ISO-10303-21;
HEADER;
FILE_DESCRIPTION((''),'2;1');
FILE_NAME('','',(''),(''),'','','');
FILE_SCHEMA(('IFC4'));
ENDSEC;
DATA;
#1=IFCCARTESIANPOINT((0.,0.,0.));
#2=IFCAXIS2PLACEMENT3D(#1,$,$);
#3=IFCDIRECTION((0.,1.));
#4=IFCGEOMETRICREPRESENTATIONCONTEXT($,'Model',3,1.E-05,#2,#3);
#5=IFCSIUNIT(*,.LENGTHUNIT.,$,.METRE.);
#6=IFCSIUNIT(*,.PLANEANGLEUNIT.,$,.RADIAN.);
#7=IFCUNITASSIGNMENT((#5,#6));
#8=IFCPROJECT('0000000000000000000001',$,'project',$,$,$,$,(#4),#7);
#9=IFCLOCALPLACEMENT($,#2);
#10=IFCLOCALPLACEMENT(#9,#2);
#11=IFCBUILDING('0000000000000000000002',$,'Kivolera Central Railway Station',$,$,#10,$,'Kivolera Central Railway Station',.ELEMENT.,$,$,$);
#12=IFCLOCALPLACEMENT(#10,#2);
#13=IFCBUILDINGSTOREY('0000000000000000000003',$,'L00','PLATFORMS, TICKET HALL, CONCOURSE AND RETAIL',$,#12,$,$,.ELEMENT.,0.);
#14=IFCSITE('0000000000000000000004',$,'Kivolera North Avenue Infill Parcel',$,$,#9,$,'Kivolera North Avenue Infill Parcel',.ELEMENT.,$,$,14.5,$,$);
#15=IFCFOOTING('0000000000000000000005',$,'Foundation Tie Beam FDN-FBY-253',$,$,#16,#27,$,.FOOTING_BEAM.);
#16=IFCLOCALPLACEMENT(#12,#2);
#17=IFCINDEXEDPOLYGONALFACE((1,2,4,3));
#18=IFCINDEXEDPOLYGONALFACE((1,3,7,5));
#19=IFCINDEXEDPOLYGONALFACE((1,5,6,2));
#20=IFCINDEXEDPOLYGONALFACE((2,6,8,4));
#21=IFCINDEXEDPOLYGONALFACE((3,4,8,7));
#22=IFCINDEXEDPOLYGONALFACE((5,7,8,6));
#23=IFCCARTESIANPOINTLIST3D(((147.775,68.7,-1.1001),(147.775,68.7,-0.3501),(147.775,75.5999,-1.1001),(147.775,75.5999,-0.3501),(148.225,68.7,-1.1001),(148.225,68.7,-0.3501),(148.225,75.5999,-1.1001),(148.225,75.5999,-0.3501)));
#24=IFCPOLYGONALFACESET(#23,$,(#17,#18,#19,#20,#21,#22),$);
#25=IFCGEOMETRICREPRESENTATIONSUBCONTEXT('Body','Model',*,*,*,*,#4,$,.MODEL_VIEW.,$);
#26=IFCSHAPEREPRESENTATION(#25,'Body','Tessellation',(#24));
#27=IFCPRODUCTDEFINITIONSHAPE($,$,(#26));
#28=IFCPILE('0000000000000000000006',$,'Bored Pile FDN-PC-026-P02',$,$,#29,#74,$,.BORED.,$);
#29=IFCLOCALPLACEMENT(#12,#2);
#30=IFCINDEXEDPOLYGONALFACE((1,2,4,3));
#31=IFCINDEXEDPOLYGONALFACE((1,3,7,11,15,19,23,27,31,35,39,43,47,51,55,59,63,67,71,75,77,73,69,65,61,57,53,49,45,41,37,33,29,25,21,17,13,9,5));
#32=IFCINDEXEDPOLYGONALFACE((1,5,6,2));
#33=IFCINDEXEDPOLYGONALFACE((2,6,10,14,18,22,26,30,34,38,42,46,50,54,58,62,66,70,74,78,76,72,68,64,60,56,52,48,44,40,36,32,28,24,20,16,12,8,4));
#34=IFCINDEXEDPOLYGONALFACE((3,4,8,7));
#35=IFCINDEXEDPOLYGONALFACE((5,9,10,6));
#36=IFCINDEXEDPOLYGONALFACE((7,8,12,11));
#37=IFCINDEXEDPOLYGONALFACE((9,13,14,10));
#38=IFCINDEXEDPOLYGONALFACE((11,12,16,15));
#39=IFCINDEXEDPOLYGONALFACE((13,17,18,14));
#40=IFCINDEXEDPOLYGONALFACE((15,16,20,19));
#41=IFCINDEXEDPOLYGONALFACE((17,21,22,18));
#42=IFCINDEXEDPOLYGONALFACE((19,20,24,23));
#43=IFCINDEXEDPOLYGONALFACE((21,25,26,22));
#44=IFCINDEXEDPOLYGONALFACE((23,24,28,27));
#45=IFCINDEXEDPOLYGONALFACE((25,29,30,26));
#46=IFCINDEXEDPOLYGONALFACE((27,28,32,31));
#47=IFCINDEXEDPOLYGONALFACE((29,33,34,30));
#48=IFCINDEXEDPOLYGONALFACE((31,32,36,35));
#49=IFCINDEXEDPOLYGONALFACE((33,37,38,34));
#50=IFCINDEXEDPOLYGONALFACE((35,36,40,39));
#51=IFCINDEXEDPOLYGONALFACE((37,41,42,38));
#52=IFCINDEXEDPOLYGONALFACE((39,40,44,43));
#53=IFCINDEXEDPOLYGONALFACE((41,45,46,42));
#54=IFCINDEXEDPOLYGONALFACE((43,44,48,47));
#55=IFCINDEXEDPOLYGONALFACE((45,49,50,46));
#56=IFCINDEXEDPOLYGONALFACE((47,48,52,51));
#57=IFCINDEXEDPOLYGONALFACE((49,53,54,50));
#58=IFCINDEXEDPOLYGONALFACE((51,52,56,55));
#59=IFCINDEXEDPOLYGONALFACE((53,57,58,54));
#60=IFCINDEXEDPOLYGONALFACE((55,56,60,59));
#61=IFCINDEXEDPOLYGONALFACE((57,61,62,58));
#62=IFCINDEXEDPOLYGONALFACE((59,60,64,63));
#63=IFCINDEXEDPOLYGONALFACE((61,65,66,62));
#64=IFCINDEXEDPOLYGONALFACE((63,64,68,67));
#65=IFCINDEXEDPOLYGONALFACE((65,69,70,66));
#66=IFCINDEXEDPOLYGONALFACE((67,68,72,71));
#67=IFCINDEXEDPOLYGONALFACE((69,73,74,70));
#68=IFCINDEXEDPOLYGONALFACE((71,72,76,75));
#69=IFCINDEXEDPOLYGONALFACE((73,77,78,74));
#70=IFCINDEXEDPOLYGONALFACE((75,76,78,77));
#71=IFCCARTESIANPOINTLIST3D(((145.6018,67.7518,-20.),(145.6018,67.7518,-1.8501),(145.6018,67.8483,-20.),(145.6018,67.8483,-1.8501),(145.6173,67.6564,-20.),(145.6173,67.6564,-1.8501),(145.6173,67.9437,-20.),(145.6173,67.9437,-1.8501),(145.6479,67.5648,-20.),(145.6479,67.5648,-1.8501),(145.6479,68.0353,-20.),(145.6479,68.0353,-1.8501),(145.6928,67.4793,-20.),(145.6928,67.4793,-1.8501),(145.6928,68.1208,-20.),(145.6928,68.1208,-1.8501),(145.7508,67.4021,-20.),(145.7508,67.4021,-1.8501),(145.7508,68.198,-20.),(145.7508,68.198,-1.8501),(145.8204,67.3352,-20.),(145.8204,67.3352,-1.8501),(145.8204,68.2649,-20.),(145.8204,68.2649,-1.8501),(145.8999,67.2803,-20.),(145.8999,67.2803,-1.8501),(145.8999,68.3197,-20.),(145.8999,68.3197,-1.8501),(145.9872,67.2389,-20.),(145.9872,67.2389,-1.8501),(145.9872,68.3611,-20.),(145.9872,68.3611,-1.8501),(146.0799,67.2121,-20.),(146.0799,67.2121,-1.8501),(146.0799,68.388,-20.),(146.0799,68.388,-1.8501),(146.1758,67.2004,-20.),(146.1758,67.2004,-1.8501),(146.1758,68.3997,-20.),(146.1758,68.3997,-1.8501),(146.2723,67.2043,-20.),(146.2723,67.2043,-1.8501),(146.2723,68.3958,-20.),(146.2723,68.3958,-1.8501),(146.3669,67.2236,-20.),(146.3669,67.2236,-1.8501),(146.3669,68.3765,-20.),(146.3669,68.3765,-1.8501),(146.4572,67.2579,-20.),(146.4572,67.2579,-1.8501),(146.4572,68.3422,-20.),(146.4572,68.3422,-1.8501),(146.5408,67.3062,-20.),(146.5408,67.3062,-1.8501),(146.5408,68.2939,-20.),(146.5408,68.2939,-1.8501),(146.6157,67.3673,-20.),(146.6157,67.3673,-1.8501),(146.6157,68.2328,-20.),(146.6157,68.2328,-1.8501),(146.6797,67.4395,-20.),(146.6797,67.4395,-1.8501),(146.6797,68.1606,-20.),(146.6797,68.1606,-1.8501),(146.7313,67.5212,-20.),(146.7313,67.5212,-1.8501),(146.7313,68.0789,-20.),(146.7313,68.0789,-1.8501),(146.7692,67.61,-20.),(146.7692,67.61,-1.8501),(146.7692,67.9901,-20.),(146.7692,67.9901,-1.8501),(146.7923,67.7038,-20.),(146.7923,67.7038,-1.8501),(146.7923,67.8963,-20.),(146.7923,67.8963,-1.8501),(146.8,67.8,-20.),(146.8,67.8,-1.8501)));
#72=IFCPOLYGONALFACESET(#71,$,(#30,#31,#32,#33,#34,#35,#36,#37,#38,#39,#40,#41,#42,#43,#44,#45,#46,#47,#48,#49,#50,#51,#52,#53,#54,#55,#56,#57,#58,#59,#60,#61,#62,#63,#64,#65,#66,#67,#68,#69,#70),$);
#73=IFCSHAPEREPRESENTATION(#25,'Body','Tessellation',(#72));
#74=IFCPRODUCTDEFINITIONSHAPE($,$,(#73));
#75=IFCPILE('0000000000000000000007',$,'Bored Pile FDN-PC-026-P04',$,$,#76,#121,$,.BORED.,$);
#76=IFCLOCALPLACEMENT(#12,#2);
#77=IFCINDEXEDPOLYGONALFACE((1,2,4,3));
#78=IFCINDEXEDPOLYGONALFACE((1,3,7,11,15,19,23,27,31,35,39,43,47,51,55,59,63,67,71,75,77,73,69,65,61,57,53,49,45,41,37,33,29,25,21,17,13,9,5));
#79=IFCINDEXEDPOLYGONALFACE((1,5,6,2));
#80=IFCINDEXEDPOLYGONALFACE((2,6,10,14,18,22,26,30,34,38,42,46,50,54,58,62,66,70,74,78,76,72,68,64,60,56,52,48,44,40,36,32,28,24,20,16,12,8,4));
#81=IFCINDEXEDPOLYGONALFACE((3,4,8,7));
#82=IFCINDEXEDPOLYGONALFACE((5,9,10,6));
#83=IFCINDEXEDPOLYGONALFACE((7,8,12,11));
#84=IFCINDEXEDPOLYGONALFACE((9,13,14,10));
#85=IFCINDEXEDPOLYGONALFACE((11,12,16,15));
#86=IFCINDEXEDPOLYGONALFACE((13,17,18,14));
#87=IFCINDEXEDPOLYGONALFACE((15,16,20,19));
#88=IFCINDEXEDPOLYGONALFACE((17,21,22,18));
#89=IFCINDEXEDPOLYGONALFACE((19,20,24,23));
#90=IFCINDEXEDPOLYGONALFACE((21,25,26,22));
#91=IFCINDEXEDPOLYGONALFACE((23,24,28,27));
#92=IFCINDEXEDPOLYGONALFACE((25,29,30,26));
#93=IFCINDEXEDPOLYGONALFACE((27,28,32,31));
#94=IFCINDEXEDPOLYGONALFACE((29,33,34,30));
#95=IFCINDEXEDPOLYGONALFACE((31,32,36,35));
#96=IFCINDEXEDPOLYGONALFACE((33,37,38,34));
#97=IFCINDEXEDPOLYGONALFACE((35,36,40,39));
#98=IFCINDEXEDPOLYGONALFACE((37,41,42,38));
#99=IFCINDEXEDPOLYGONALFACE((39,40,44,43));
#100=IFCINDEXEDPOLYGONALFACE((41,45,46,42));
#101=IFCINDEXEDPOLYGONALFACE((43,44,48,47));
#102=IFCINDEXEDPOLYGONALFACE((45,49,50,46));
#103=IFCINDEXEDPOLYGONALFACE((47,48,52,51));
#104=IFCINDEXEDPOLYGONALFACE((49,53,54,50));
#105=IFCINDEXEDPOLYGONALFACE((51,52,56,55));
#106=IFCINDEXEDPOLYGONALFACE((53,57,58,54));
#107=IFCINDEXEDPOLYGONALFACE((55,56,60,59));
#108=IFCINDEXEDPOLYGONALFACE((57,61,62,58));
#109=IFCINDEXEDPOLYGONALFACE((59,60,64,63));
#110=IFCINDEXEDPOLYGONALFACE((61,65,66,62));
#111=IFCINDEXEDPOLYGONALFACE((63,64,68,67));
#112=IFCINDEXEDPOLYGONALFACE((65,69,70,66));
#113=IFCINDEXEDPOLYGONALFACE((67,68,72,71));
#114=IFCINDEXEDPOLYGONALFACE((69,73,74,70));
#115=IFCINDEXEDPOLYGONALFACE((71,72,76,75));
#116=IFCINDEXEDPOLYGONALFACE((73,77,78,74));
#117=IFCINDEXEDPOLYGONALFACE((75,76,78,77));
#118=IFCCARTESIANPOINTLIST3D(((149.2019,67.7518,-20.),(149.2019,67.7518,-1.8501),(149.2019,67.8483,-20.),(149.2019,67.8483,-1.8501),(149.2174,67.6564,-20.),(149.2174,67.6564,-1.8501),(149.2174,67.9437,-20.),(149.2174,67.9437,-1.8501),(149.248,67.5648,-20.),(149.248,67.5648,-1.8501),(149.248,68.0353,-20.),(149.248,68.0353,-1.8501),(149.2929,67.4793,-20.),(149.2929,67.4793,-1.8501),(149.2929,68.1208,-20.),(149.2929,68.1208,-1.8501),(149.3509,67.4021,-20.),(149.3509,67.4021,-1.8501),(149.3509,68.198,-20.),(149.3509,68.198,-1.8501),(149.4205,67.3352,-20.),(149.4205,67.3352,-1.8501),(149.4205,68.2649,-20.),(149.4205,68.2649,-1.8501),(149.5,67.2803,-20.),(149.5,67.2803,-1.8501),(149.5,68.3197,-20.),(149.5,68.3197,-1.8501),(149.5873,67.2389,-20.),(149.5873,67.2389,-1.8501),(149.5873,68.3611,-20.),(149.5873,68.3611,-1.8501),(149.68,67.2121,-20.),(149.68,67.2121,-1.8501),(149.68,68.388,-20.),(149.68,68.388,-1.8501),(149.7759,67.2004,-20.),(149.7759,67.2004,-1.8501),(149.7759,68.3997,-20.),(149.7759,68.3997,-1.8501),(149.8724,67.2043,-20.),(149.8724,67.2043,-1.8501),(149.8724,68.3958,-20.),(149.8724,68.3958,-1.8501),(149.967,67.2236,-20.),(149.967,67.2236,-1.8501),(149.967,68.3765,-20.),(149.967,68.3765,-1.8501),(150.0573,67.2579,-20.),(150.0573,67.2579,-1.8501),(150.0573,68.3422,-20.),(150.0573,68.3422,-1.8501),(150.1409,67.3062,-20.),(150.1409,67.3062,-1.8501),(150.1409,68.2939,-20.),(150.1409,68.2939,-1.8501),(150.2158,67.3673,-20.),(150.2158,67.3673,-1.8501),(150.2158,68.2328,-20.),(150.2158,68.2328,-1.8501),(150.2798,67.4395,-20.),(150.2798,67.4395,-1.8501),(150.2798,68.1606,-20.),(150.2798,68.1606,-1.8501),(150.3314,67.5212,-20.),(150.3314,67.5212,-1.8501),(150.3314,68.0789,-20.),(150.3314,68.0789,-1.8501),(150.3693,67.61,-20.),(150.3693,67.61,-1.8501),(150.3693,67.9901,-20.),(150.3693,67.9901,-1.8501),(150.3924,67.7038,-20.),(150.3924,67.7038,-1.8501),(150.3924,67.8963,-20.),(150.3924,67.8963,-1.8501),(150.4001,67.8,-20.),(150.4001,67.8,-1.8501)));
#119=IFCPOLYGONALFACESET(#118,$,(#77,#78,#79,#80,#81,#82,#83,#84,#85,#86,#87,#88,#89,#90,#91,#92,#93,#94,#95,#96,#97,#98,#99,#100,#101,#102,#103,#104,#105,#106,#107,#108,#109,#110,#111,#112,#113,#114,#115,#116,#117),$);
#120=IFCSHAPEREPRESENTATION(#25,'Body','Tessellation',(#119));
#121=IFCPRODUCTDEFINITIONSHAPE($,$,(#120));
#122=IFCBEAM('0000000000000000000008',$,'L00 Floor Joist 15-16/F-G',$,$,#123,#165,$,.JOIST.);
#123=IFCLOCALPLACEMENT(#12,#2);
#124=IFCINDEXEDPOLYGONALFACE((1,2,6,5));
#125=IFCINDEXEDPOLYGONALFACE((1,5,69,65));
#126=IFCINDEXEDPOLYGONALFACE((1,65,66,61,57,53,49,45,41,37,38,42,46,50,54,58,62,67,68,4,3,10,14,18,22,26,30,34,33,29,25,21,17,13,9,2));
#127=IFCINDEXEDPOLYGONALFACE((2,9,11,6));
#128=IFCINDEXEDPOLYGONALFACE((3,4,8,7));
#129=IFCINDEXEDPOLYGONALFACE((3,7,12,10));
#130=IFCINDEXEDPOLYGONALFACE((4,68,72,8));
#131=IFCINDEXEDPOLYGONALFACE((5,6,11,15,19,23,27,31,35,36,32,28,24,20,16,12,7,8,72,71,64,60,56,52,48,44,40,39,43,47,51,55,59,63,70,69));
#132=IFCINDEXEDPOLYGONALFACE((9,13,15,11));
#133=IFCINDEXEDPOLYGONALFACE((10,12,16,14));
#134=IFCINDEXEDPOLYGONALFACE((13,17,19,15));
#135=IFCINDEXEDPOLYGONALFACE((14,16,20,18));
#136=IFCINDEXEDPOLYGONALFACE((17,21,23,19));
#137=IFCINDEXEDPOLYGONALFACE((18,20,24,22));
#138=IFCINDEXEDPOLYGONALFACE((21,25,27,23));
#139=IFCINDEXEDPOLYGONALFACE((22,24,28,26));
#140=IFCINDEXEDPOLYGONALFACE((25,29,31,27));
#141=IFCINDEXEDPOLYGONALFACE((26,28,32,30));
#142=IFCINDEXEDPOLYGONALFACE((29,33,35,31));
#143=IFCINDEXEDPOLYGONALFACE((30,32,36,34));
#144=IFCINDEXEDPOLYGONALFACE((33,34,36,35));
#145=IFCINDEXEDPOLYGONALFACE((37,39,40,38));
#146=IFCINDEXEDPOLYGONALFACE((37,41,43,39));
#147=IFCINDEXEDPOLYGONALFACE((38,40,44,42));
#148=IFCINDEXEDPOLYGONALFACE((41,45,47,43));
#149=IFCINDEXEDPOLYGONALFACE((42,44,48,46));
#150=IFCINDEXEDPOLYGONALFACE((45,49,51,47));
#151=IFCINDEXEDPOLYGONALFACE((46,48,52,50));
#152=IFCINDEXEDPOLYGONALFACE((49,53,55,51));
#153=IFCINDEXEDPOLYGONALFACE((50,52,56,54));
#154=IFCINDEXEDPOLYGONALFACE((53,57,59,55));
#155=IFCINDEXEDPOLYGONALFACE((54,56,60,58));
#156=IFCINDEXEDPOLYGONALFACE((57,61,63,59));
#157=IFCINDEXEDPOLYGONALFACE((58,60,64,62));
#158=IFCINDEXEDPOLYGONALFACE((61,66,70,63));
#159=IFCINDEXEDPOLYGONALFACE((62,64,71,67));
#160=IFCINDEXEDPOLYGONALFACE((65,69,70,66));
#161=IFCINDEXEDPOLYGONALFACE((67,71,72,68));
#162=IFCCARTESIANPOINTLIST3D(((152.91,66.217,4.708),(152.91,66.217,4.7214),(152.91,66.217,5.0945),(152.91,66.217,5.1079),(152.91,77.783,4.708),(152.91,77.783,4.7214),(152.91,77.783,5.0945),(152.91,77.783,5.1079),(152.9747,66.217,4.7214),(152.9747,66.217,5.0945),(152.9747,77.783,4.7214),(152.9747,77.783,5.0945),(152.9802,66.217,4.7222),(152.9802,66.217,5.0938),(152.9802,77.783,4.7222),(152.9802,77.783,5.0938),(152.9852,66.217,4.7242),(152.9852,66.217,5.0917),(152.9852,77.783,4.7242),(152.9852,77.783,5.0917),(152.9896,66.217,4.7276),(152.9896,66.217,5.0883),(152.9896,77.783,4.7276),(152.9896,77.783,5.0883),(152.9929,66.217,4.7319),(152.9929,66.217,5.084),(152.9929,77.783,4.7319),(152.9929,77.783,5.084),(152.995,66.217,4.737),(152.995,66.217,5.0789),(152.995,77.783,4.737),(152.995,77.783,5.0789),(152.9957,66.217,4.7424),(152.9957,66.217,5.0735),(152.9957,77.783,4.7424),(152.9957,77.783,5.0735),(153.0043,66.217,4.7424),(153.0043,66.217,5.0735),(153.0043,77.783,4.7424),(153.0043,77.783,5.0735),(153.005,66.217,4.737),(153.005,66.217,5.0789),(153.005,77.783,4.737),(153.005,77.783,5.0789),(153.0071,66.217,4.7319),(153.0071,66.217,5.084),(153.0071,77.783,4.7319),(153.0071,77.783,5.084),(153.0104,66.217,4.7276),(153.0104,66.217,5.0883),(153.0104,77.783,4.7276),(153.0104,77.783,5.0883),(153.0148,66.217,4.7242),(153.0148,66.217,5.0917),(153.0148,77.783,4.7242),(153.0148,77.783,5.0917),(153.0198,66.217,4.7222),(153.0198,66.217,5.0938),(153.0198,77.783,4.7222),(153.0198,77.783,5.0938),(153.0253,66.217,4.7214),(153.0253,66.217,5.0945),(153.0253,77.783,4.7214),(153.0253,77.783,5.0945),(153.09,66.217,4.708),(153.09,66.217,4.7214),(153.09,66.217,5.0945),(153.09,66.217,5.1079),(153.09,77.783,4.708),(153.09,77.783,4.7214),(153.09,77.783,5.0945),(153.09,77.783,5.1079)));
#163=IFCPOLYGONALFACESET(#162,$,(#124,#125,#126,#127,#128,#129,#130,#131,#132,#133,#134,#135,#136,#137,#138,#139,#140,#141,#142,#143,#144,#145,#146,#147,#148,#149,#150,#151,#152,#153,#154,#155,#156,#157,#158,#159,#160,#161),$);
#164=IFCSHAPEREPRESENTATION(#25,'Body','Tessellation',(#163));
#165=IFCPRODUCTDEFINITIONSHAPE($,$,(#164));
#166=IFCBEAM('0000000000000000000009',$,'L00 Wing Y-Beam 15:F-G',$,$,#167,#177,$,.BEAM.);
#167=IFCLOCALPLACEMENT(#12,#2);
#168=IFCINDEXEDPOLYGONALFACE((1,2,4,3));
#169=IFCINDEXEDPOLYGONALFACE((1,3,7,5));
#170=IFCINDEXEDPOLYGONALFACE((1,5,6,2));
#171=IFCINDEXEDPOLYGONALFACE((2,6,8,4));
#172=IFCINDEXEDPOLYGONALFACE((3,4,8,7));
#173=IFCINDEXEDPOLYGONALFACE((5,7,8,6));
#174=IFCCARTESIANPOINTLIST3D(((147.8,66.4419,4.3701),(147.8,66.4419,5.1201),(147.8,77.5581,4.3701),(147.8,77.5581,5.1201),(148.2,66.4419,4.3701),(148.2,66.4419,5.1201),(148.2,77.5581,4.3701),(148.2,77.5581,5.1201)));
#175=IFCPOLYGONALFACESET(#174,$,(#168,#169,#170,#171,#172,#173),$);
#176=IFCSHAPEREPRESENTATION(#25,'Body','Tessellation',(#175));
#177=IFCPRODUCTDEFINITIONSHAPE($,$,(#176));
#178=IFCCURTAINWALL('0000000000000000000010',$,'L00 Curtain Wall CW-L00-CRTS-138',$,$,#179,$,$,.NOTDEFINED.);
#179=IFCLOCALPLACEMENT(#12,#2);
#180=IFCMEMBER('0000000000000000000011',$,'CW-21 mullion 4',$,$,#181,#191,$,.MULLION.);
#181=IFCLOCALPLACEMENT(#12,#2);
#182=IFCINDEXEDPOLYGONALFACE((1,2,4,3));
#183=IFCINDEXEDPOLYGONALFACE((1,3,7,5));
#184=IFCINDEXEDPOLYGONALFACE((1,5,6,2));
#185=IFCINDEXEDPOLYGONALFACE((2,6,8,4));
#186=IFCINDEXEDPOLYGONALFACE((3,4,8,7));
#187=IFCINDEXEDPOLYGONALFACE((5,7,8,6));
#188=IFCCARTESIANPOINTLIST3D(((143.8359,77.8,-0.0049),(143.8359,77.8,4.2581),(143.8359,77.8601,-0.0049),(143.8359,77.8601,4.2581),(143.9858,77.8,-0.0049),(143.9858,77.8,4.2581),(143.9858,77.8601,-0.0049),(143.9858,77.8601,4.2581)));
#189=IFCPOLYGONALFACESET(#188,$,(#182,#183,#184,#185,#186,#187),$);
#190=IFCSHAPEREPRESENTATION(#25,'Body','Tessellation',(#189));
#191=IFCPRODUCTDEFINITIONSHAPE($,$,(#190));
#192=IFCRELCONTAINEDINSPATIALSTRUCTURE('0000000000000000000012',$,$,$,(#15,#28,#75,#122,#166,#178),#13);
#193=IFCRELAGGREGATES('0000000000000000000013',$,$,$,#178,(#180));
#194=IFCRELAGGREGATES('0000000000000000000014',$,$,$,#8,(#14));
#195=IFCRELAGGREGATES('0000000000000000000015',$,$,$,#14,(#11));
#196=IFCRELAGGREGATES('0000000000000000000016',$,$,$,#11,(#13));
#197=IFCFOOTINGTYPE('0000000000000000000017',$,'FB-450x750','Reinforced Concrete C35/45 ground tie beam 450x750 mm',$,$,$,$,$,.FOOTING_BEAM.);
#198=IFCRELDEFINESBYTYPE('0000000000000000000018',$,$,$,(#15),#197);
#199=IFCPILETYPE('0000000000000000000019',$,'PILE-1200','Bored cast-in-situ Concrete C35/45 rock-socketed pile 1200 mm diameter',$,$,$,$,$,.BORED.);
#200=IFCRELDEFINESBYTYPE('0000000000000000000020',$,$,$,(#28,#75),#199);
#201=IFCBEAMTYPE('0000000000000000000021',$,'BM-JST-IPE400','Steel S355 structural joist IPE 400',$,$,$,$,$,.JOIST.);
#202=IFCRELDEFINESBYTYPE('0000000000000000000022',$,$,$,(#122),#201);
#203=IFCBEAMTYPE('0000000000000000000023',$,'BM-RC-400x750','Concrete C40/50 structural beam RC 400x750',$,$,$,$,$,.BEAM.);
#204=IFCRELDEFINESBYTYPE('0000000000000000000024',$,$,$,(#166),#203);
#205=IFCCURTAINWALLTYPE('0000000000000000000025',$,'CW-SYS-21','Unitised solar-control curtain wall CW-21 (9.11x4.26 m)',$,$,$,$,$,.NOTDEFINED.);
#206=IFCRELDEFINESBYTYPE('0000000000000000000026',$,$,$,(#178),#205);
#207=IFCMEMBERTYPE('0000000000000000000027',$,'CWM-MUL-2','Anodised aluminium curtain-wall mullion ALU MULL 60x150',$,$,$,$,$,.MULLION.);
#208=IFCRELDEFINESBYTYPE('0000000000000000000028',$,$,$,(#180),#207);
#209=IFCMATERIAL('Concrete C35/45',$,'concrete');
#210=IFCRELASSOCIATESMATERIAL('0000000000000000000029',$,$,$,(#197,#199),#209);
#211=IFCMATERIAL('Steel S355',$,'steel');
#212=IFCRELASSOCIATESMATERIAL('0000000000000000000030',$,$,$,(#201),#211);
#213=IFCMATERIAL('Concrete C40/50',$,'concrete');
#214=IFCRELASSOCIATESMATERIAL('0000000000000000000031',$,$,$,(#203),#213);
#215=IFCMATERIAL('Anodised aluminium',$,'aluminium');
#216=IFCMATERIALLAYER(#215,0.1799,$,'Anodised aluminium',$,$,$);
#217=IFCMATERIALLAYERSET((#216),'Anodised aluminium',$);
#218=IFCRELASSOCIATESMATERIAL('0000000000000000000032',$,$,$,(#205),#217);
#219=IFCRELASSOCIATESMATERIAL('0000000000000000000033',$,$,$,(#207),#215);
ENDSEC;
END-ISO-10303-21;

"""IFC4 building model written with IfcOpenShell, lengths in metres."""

from ifc_helpers import new_model, si_unit, direction, frame, origin, origin_2d, place, context, subcontext, project, spatial, rectangle, circle, i_section, extrude, material, layer, layer_set, material_profile, profile_set, type_object, element, aggregate, save


model = new_model("IFC4")

# Units and contexts
model_context = context("Model", 3, precision=1e-05, world=origin(), true_north=direction((0.0, 1.0)))
body_context = subcontext(model_context, "Body", "Model", "MODEL_VIEW")
ifc_project = project(units=[si_unit("LENGTHUNIT", "METRE"), si_unit("PLANEANGLEUNIT", "RADIAN")], contexts=[model_context])

# Site, building, storey
site_placement = place(None, origin())
site = spatial("IfcSite", under=ifc_project, at=site_placement, Name="Kivolera North Avenue Infill Parcel", LongName="Kivolera North Avenue Infill Parcel", CompositionType="ELEMENT", RefElevation=14.5)
building_placement = place(site_placement, origin())
building = spatial("IfcBuilding", under=site, at=building_placement, Name="Kivolera Central Railway Station", LongName="Kivolera Central Railway Station", CompositionType="ELEMENT")
storey_placement = place(building_placement, origin())
storey = spatial("IfcBuildingStorey", under=building, at=storey_placement, Name="L00", Description="PLATFORMS, TICKET HALL, CONCOURSE AND RETAIL", CompositionType="ELEMENT", Elevation=0.0)

# Footing
ifc_material_1 = material(Name="Concrete C35/45", Category="concrete")
footing_type = type_object("IfcFootingType", Name="FB-450x750", Description="Reinforced Concrete C35/45 ground tie beam 450x750 mm", PredefinedType="FOOTING_BEAM", material=ifc_material_1)
footing_placement = place(storey_placement, frame((148.0, 72.1499, -1.1001), z_axis=(0.0, 0.0, 1.0), x_axis=(1.0, 0.0, 0.0)))
element("IfcFooting", 1, at=footing_placement, inside=storey, type_object=footing_type, Name="Foundation Tie Beam FDN-FBY-253", PredefinedType="FOOTING_BEAM", context=body_context, shape_type="SweptSolid", body=[
    extrude(rectangle(XDim=0.45, YDim=6.8999, at=origin_2d()), origin(), (0.0, 0.0, 1.0), 0.75),
])

# Piles
ifc_material_profile_1 = material_profile(ifc_material_1, circle(Radius=0.6001, at=origin_2d()), Name="PILE D1200")
ifc_profile_set_1 = profile_set([ifc_material_profile_1], Name="Concrete C35/45")
pile_type = type_object("IfcPileType", Name="PILE-1200", Description="Bored cast-in-situ Concrete C35/45 rock-socketed pile 1200 mm diameter", PredefinedType="BORED", material=ifc_profile_set_1)
for number, where, z_axis, x_axis, name in (
    (2, (146.2, 67.8, -1.8501), (0.0, 0.0, -1.0), (1.0, 0.0, 0.0), "Bored Pile FDN-PC-026-P02"),
    (3, (149.8, 67.8, -1.8501), (0.0, 0.0, -1.0), (1.0, 0.0, 0.0), "Bored Pile FDN-PC-026-P04"),
):
    element("IfcPile", number, at=place(storey_placement, frame(where, z_axis=z_axis, x_axis=x_axis)), inside=storey, type_object=pile_type, Name=name, PredefinedType="BORED", context=body_context, shape_type="SweptSolid", body=[
        extrude(circle(Radius=0.6001, at=origin_2d()), origin(), (0.0, 0.0, 1.0), 18.1499),
    ])

# Beams
ifc_material_2 = material(Name="Steel S355", Category="steel")
ifc_material_profile_2 = material_profile(ifc_material_2, i_section(OverallWidth=0.1799, OverallDepth=0.3999, WebThickness=0.0085, FlangeThickness=0.0134, FilletRadius=0.021, at=origin_2d()), Name="IPE 400")
ifc_profile_set_2 = profile_set([ifc_material_profile_2], Name="Steel S355")
beam_type_1 = type_object("IfcBeamType", Name="BM-JST-IPE400", Description="Steel S355 structural joist IPE 400", PredefinedType="JOIST", material=ifc_profile_set_2)
beam_1_placement = place(storey_placement, frame((153.0, 66.217, 4.908), z_axis=(0.0, 1.0, 0.0), x_axis=(-1.0, 0.0, 0.0)))
element("IfcBeam", 4, at=beam_1_placement, inside=storey, type_object=beam_type_1, Name="L00 Floor Joist 15-16/F-G", PredefinedType="JOIST", context=body_context, shape_type="SweptSolid", body=[
    extrude(i_section(OverallWidth=0.1799, OverallDepth=0.3999, WebThickness=0.0085, FlangeThickness=0.0134, FilletRadius=0.021, at=origin_2d()), origin(), (0.0, 0.0, 1.0), 11.5659),
])
ifc_material_3 = material(Name="Concrete C40/50", Category="concrete")
ifc_material_profile_3 = material_profile(ifc_material_3, rectangle(XDim=0.3999, YDim=0.75, at=origin_2d()), Name="RC 400x750")
ifc_profile_set_3 = profile_set([ifc_material_profile_3], Name="Concrete C40/50")
beam_type_2 = type_object("IfcBeamType", Name="BM-RC-400x750", Description="Concrete C40/50 structural beam RC 400x750", PredefinedType="BEAM", material=ifc_profile_set_3)
beam_2_placement = place(storey_placement, frame((148.0, 66.4419, 4.7451), z_axis=(0.0, 1.0, 0.0), x_axis=(-1.0, 0.0, 0.0)))
element("IfcBeam", 5, at=beam_2_placement, inside=storey, type_object=beam_type_2, Name="L00 Wing Y-Beam 15:F-G", PredefinedType="BEAM", context=body_context, shape_type="SweptSolid", body=[
    extrude(rectangle(XDim=0.3999, YDim=0.75, at=origin_2d()), origin(), (0.0, 0.0, 1.0), 11.1162),
])

# Curtain wall, member
ifc_material_4 = material(Name="Anodised aluminium", Category="aluminium")
ifc_layer_1 = layer(ifc_material_4, 0.1799, Name="Anodised aluminium")
ifc_layer_set_1 = layer_set([ifc_layer_1], Name="Anodised aluminium")
curtain_wall_type = type_object("IfcCurtainWallType", Name="CW-SYS-21", Description="Unitised solar-control curtain wall CW-21 (9.11x4.26 m)", PredefinedType="NOTDEFINED", material=ifc_layer_set_1)
curtain_wall_placement = place(storey_placement, origin())
curtain_wall = element("IfcCurtainWall", 6, at=curtain_wall_placement, inside=storey, type_object=curtain_wall_type, Name="L00 Curtain Wall CW-L00-CRTS-138", PredefinedType="NOTDEFINED")
ifc_material_profile_4 = material_profile(ifc_material_4, rectangle(XDim=0.0601, YDim=0.1499, at=origin_2d()), Name="ALU MULL 60x150")
ifc_profile_set_4 = profile_set([ifc_material_profile_4], Name="Anodised aluminium")
member_type_1 = type_object("IfcMemberType", Name="CWM-MUL-2", Description="Anodised aluminium curtain-wall mullion ALU MULL 60x150", PredefinedType="MULLION", material=ifc_profile_set_4)
member_1_placement = place(storey_placement, frame((143.9109, 77.8301, -0.0049), z_axis=(0.0, 0.0, 1.0), x_axis=(0.0, 1.0, 0.0)))
member_1 = element("IfcMember", 7, at=member_1_placement, type_object=member_type_1, Name="CW-21 mullion 4", PredefinedType="MULLION", context=body_context, shape_type="SweptSolid", body=[
    extrude(rectangle(XDim=0.0601, YDim=0.1499, at=origin_2d()), origin(), (0.0, 0.0, 1.0), 4.2629),
])
aggregate(curtain_wall, [member_1])

save(model, "model.ifc")
